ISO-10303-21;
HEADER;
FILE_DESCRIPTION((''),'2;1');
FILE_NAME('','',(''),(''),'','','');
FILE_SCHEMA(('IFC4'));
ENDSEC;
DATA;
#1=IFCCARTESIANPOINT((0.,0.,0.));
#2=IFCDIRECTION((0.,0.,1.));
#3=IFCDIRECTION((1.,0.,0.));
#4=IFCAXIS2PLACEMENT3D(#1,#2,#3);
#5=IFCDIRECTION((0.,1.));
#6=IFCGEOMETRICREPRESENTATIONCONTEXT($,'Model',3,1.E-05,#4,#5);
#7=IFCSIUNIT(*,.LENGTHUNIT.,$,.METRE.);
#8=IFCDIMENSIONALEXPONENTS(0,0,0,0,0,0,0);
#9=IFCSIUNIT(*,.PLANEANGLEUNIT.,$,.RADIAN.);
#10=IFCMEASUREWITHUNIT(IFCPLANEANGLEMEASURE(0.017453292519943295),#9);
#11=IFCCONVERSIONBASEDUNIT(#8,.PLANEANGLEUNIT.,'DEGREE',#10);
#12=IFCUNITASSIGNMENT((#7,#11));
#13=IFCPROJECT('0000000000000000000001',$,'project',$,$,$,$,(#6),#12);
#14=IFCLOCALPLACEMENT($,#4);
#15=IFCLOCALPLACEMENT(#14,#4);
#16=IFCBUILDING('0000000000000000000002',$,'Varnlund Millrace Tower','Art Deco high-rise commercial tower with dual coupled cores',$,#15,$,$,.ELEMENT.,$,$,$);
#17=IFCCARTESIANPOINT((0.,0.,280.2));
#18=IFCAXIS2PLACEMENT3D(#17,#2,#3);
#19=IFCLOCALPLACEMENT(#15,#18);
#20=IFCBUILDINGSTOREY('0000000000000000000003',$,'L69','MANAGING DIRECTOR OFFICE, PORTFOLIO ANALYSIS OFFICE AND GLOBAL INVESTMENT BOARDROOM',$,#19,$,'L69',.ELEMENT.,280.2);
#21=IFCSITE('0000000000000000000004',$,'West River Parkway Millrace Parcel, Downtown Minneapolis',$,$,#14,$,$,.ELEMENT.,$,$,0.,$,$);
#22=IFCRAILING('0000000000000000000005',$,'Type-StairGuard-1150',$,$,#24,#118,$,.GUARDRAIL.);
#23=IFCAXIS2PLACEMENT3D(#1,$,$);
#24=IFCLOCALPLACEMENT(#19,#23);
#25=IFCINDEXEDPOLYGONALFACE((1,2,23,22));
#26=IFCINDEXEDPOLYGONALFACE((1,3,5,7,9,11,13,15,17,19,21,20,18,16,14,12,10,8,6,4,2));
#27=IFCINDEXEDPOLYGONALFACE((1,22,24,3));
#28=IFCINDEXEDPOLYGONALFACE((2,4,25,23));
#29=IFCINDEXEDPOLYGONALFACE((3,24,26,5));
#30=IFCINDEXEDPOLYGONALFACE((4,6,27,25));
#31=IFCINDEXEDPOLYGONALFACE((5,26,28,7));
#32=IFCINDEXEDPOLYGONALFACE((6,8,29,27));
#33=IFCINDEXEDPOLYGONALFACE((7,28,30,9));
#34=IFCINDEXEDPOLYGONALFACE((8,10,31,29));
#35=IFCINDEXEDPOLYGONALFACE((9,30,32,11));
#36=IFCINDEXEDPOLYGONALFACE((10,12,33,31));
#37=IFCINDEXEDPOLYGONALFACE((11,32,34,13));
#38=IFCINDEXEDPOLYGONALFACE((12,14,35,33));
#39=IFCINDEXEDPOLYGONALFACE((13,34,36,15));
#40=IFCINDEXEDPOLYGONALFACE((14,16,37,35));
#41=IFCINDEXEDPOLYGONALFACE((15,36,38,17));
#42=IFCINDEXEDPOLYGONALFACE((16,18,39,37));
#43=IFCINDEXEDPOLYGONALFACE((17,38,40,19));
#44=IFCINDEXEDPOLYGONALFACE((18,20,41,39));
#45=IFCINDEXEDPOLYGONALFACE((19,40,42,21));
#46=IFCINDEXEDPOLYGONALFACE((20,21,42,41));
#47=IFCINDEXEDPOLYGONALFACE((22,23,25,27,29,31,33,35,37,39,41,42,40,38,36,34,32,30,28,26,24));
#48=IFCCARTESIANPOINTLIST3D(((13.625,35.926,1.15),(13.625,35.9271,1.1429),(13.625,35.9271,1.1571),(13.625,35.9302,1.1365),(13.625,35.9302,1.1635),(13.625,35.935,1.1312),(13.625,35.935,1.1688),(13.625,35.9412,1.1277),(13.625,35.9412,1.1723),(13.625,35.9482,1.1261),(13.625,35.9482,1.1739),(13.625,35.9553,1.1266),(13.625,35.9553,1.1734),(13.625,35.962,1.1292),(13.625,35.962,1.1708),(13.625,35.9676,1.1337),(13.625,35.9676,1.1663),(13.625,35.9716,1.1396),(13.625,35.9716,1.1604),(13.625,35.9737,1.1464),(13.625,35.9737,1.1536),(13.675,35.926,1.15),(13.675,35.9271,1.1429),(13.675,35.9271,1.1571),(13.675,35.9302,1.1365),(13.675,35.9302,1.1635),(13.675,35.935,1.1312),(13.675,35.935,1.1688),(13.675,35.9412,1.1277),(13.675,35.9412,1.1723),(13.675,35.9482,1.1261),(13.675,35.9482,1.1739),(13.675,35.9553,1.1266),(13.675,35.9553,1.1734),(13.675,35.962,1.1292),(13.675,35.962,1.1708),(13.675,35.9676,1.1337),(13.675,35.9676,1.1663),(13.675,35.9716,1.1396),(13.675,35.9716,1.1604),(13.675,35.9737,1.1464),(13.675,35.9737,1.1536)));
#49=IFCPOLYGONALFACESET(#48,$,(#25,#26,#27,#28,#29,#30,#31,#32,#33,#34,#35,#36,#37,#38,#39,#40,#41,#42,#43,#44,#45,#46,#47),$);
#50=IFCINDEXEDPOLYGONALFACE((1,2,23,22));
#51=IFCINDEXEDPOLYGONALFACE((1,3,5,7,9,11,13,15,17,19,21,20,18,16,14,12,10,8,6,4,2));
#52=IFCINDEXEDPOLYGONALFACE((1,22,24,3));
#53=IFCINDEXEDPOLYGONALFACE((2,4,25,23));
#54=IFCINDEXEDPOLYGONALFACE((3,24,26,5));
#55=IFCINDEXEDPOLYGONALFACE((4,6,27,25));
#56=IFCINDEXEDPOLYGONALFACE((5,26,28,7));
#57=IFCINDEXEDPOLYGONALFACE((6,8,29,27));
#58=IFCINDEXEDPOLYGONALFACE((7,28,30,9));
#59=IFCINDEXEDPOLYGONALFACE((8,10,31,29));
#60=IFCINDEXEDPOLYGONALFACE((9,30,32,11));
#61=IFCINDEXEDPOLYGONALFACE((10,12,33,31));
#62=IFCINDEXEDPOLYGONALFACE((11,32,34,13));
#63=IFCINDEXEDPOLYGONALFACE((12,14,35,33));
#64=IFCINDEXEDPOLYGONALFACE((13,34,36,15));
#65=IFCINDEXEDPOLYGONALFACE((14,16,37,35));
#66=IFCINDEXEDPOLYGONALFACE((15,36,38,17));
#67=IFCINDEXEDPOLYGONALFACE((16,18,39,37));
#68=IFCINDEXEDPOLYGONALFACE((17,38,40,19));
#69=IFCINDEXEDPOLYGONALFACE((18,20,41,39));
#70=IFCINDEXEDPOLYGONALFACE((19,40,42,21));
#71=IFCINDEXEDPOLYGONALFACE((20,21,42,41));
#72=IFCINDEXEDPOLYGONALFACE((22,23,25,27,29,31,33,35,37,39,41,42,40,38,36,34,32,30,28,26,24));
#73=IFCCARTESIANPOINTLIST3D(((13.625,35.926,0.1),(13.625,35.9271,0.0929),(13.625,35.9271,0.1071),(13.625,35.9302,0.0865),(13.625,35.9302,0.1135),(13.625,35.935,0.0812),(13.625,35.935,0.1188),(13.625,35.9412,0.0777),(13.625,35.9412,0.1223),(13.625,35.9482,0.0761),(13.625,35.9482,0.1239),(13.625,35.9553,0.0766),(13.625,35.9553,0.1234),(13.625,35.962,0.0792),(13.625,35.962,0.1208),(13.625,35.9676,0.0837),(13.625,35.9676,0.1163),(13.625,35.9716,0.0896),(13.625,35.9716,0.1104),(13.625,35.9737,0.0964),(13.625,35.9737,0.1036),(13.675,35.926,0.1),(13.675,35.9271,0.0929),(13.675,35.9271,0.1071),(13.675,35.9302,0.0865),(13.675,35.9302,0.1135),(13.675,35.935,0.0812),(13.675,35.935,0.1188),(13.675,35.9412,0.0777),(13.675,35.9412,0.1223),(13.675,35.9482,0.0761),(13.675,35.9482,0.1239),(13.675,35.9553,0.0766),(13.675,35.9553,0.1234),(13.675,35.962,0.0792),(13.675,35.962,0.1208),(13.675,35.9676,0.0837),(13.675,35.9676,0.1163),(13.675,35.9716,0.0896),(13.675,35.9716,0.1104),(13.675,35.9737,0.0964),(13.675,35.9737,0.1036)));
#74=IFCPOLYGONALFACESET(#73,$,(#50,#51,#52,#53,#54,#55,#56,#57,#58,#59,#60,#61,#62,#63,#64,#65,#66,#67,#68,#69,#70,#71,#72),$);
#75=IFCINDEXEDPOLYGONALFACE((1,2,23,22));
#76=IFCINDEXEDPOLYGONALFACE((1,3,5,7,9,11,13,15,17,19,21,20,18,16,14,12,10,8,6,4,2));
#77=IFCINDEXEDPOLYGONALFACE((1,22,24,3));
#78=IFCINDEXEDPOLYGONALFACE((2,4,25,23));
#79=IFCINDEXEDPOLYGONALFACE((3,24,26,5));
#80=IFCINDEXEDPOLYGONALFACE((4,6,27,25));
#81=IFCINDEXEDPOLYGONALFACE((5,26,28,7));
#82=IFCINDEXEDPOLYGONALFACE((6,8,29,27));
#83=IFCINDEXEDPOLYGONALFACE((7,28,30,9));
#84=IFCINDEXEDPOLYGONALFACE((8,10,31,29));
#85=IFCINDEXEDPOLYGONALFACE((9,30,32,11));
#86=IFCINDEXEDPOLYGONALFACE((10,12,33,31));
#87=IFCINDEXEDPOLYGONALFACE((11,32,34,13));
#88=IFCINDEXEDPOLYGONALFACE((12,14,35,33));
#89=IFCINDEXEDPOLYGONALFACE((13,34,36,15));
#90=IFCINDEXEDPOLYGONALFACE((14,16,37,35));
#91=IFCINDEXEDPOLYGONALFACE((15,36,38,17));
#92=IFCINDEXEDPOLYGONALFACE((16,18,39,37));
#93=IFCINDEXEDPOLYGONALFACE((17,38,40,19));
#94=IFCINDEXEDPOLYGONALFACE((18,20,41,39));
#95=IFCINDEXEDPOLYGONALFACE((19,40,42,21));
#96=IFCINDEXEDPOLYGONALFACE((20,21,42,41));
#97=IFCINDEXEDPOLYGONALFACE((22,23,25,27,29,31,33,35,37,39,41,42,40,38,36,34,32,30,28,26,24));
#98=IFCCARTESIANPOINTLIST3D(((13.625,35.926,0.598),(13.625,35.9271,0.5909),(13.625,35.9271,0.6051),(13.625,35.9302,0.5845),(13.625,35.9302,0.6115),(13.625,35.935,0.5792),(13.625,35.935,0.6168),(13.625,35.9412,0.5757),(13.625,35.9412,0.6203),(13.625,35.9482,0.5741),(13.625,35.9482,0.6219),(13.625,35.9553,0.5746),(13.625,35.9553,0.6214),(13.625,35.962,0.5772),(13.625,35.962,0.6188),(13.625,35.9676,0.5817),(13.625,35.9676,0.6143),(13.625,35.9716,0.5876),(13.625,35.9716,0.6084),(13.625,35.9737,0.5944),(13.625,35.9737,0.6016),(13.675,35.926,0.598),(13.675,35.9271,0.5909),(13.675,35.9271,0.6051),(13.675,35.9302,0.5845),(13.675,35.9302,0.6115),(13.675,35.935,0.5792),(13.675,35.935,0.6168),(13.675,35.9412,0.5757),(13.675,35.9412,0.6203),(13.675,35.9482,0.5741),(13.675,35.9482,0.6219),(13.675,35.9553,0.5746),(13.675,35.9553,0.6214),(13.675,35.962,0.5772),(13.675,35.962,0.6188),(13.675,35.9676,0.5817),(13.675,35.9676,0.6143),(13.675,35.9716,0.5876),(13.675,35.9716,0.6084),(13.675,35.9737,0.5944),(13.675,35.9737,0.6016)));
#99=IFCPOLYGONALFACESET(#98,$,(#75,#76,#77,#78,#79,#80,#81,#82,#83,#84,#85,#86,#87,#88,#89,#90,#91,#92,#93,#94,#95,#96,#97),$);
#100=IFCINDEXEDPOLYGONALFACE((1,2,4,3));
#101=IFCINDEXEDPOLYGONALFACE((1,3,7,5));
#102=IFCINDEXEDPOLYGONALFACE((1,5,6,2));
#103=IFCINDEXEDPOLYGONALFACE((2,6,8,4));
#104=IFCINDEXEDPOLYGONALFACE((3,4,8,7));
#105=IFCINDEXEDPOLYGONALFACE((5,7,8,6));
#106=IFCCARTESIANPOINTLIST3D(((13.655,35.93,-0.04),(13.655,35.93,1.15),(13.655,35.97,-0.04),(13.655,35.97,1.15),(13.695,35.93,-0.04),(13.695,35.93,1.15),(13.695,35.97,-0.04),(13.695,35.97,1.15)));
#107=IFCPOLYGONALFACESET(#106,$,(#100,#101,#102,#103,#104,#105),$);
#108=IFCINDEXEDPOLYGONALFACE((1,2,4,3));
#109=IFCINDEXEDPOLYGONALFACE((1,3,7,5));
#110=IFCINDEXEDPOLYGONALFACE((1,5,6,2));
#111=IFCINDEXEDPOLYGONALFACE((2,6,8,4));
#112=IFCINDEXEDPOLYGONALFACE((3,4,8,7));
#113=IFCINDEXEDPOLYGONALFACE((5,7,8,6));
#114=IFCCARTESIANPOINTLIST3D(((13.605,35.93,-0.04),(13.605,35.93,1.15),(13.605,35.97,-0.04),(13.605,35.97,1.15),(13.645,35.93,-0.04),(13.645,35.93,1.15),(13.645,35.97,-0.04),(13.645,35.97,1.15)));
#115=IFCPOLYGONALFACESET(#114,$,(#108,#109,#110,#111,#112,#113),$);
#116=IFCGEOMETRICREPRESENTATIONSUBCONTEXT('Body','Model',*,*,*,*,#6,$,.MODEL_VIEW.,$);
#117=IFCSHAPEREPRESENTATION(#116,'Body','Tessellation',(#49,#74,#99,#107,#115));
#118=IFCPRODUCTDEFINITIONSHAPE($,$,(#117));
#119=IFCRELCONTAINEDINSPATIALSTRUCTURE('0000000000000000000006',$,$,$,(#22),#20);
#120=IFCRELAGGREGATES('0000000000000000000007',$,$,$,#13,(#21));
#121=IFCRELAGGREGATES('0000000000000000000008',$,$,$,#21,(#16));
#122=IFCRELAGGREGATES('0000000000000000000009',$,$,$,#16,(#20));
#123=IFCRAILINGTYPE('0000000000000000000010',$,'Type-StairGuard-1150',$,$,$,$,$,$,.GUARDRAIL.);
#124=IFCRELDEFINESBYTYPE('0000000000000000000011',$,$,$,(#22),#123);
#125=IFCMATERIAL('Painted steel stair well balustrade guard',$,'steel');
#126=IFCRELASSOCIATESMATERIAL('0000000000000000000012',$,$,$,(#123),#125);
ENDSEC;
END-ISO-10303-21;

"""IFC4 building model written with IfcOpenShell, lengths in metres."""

from ifc_helpers import new_model, entity, si_unit, converted_unit, direction, frame, origin_with_axes, origin_2d_with_axis, place, context, subcontext, project, spatial, rectangle, circle, extrude, material, type_object, element, save


model = new_model("IFC4")

# Units and contexts
model_context = context("Model", 3, precision=1e-05, world=origin_with_axes(), true_north=direction((0.0, 1.0)))
body_context = subcontext(model_context, "Body", "Model", "MODEL_VIEW")
ifc_project = project(units=[si_unit("LENGTHUNIT", "METRE"), converted_unit("PLANEANGLEUNIT", "DEGREE", entity("IfcPlaneAngleMeasure", 0.017453292519943295), si_unit("PLANEANGLEUNIT", "RADIAN"), dimensions=[0, 0, 0, 0, 0, 0, 0])], contexts=[model_context])

# Site, building, storey
site_placement = place(None, origin_with_axes())
site = spatial("IfcSite", under=ifc_project, at=site_placement, Name="West River Parkway Millrace Parcel, Downtown Minneapolis", CompositionType="ELEMENT", RefElevation=0.0)
building_placement = place(site_placement, origin_with_axes())
building = spatial("IfcBuilding", under=site, at=building_placement, Name="Varnlund Millrace Tower", Description="Art Deco high-rise commercial tower with dual coupled cores", CompositionType="ELEMENT")
storey_placement = place(building_placement, frame((0.0, 0.0, 280.2), z_axis=(0.0, 0.0, 1.0), x_axis=(1.0, 0.0, 0.0)))
storey = spatial("IfcBuildingStorey", under=building, at=storey_placement, Name="L69", Description="MANAGING DIRECTOR OFFICE, PORTFOLIO ANALYSIS OFFICE AND GLOBAL INVESTMENT BOARDROOM", LongName="L69", CompositionType="ELEMENT", Elevation=280.2)

# Railing
ifc_material_1 = material(Name="Painted steel stair well balustrade guard", Category="steel")
railing_type_1 = type_object("IfcRailingType", Name="Type-StairGuard-1150", PredefinedType="GUARDRAIL", material=ifc_material_1)
railing_1_placement = place(storey_placement, frame((0.0, 0.0, -280.2), z_axis=(0.0, 0.0, 1.0), x_axis=(1.0, 0.0, 0.0)))
element("IfcRailing", 1, at=railing_1_placement, inside=storey, type_object=railing_type_1, Name="Type-StairGuard-1150", PredefinedType="GUARDRAIL", context=body_context, shape_type="SweptSolid", body=[
    extrude(circle(Radius=0.024, at=origin_2d_with_axis()), frame((13.675, 35.95, 281.35), z_axis=(-1.0, 0.0, 0.0), x_axis=(0.0, -1.0, 0.0)), (0.0, 0.0, 1.0), 0.05),
    extrude(circle(Radius=0.024, at=origin_2d_with_axis()), frame((13.675, 35.95, 280.3), z_axis=(-1.0, 0.0, 0.0), x_axis=(0.0, -1.0, 0.0)), (0.0, 0.0, 1.0), 0.05),
    extrude(circle(Radius=0.024, at=origin_2d_with_axis()), frame((13.675, 35.95, 280.798), z_axis=(-1.0, 0.0, 0.0), x_axis=(0.0, -1.0, 0.0)), (0.0, 0.0, 1.0), 0.05),
    extrude(rectangle(XDim=0.04, YDim=0.04, at=origin_2d_with_axis()), frame((13.675, 35.95, 280.16), z_axis=(0.0, 0.0, 1.0), x_axis=(1.0, 0.0, 0.0)), (0.0, 0.0, 1.0), 1.19),
    extrude(rectangle(XDim=0.04, YDim=0.04, at=origin_2d_with_axis()), frame((13.625, 35.95, 280.16), z_axis=(0.0, 0.0, 1.0), x_axis=(1.0, 0.0, 0.0)), (0.0, 0.0, 1.0), 1.19),
])

save(model, "model.ifc")
